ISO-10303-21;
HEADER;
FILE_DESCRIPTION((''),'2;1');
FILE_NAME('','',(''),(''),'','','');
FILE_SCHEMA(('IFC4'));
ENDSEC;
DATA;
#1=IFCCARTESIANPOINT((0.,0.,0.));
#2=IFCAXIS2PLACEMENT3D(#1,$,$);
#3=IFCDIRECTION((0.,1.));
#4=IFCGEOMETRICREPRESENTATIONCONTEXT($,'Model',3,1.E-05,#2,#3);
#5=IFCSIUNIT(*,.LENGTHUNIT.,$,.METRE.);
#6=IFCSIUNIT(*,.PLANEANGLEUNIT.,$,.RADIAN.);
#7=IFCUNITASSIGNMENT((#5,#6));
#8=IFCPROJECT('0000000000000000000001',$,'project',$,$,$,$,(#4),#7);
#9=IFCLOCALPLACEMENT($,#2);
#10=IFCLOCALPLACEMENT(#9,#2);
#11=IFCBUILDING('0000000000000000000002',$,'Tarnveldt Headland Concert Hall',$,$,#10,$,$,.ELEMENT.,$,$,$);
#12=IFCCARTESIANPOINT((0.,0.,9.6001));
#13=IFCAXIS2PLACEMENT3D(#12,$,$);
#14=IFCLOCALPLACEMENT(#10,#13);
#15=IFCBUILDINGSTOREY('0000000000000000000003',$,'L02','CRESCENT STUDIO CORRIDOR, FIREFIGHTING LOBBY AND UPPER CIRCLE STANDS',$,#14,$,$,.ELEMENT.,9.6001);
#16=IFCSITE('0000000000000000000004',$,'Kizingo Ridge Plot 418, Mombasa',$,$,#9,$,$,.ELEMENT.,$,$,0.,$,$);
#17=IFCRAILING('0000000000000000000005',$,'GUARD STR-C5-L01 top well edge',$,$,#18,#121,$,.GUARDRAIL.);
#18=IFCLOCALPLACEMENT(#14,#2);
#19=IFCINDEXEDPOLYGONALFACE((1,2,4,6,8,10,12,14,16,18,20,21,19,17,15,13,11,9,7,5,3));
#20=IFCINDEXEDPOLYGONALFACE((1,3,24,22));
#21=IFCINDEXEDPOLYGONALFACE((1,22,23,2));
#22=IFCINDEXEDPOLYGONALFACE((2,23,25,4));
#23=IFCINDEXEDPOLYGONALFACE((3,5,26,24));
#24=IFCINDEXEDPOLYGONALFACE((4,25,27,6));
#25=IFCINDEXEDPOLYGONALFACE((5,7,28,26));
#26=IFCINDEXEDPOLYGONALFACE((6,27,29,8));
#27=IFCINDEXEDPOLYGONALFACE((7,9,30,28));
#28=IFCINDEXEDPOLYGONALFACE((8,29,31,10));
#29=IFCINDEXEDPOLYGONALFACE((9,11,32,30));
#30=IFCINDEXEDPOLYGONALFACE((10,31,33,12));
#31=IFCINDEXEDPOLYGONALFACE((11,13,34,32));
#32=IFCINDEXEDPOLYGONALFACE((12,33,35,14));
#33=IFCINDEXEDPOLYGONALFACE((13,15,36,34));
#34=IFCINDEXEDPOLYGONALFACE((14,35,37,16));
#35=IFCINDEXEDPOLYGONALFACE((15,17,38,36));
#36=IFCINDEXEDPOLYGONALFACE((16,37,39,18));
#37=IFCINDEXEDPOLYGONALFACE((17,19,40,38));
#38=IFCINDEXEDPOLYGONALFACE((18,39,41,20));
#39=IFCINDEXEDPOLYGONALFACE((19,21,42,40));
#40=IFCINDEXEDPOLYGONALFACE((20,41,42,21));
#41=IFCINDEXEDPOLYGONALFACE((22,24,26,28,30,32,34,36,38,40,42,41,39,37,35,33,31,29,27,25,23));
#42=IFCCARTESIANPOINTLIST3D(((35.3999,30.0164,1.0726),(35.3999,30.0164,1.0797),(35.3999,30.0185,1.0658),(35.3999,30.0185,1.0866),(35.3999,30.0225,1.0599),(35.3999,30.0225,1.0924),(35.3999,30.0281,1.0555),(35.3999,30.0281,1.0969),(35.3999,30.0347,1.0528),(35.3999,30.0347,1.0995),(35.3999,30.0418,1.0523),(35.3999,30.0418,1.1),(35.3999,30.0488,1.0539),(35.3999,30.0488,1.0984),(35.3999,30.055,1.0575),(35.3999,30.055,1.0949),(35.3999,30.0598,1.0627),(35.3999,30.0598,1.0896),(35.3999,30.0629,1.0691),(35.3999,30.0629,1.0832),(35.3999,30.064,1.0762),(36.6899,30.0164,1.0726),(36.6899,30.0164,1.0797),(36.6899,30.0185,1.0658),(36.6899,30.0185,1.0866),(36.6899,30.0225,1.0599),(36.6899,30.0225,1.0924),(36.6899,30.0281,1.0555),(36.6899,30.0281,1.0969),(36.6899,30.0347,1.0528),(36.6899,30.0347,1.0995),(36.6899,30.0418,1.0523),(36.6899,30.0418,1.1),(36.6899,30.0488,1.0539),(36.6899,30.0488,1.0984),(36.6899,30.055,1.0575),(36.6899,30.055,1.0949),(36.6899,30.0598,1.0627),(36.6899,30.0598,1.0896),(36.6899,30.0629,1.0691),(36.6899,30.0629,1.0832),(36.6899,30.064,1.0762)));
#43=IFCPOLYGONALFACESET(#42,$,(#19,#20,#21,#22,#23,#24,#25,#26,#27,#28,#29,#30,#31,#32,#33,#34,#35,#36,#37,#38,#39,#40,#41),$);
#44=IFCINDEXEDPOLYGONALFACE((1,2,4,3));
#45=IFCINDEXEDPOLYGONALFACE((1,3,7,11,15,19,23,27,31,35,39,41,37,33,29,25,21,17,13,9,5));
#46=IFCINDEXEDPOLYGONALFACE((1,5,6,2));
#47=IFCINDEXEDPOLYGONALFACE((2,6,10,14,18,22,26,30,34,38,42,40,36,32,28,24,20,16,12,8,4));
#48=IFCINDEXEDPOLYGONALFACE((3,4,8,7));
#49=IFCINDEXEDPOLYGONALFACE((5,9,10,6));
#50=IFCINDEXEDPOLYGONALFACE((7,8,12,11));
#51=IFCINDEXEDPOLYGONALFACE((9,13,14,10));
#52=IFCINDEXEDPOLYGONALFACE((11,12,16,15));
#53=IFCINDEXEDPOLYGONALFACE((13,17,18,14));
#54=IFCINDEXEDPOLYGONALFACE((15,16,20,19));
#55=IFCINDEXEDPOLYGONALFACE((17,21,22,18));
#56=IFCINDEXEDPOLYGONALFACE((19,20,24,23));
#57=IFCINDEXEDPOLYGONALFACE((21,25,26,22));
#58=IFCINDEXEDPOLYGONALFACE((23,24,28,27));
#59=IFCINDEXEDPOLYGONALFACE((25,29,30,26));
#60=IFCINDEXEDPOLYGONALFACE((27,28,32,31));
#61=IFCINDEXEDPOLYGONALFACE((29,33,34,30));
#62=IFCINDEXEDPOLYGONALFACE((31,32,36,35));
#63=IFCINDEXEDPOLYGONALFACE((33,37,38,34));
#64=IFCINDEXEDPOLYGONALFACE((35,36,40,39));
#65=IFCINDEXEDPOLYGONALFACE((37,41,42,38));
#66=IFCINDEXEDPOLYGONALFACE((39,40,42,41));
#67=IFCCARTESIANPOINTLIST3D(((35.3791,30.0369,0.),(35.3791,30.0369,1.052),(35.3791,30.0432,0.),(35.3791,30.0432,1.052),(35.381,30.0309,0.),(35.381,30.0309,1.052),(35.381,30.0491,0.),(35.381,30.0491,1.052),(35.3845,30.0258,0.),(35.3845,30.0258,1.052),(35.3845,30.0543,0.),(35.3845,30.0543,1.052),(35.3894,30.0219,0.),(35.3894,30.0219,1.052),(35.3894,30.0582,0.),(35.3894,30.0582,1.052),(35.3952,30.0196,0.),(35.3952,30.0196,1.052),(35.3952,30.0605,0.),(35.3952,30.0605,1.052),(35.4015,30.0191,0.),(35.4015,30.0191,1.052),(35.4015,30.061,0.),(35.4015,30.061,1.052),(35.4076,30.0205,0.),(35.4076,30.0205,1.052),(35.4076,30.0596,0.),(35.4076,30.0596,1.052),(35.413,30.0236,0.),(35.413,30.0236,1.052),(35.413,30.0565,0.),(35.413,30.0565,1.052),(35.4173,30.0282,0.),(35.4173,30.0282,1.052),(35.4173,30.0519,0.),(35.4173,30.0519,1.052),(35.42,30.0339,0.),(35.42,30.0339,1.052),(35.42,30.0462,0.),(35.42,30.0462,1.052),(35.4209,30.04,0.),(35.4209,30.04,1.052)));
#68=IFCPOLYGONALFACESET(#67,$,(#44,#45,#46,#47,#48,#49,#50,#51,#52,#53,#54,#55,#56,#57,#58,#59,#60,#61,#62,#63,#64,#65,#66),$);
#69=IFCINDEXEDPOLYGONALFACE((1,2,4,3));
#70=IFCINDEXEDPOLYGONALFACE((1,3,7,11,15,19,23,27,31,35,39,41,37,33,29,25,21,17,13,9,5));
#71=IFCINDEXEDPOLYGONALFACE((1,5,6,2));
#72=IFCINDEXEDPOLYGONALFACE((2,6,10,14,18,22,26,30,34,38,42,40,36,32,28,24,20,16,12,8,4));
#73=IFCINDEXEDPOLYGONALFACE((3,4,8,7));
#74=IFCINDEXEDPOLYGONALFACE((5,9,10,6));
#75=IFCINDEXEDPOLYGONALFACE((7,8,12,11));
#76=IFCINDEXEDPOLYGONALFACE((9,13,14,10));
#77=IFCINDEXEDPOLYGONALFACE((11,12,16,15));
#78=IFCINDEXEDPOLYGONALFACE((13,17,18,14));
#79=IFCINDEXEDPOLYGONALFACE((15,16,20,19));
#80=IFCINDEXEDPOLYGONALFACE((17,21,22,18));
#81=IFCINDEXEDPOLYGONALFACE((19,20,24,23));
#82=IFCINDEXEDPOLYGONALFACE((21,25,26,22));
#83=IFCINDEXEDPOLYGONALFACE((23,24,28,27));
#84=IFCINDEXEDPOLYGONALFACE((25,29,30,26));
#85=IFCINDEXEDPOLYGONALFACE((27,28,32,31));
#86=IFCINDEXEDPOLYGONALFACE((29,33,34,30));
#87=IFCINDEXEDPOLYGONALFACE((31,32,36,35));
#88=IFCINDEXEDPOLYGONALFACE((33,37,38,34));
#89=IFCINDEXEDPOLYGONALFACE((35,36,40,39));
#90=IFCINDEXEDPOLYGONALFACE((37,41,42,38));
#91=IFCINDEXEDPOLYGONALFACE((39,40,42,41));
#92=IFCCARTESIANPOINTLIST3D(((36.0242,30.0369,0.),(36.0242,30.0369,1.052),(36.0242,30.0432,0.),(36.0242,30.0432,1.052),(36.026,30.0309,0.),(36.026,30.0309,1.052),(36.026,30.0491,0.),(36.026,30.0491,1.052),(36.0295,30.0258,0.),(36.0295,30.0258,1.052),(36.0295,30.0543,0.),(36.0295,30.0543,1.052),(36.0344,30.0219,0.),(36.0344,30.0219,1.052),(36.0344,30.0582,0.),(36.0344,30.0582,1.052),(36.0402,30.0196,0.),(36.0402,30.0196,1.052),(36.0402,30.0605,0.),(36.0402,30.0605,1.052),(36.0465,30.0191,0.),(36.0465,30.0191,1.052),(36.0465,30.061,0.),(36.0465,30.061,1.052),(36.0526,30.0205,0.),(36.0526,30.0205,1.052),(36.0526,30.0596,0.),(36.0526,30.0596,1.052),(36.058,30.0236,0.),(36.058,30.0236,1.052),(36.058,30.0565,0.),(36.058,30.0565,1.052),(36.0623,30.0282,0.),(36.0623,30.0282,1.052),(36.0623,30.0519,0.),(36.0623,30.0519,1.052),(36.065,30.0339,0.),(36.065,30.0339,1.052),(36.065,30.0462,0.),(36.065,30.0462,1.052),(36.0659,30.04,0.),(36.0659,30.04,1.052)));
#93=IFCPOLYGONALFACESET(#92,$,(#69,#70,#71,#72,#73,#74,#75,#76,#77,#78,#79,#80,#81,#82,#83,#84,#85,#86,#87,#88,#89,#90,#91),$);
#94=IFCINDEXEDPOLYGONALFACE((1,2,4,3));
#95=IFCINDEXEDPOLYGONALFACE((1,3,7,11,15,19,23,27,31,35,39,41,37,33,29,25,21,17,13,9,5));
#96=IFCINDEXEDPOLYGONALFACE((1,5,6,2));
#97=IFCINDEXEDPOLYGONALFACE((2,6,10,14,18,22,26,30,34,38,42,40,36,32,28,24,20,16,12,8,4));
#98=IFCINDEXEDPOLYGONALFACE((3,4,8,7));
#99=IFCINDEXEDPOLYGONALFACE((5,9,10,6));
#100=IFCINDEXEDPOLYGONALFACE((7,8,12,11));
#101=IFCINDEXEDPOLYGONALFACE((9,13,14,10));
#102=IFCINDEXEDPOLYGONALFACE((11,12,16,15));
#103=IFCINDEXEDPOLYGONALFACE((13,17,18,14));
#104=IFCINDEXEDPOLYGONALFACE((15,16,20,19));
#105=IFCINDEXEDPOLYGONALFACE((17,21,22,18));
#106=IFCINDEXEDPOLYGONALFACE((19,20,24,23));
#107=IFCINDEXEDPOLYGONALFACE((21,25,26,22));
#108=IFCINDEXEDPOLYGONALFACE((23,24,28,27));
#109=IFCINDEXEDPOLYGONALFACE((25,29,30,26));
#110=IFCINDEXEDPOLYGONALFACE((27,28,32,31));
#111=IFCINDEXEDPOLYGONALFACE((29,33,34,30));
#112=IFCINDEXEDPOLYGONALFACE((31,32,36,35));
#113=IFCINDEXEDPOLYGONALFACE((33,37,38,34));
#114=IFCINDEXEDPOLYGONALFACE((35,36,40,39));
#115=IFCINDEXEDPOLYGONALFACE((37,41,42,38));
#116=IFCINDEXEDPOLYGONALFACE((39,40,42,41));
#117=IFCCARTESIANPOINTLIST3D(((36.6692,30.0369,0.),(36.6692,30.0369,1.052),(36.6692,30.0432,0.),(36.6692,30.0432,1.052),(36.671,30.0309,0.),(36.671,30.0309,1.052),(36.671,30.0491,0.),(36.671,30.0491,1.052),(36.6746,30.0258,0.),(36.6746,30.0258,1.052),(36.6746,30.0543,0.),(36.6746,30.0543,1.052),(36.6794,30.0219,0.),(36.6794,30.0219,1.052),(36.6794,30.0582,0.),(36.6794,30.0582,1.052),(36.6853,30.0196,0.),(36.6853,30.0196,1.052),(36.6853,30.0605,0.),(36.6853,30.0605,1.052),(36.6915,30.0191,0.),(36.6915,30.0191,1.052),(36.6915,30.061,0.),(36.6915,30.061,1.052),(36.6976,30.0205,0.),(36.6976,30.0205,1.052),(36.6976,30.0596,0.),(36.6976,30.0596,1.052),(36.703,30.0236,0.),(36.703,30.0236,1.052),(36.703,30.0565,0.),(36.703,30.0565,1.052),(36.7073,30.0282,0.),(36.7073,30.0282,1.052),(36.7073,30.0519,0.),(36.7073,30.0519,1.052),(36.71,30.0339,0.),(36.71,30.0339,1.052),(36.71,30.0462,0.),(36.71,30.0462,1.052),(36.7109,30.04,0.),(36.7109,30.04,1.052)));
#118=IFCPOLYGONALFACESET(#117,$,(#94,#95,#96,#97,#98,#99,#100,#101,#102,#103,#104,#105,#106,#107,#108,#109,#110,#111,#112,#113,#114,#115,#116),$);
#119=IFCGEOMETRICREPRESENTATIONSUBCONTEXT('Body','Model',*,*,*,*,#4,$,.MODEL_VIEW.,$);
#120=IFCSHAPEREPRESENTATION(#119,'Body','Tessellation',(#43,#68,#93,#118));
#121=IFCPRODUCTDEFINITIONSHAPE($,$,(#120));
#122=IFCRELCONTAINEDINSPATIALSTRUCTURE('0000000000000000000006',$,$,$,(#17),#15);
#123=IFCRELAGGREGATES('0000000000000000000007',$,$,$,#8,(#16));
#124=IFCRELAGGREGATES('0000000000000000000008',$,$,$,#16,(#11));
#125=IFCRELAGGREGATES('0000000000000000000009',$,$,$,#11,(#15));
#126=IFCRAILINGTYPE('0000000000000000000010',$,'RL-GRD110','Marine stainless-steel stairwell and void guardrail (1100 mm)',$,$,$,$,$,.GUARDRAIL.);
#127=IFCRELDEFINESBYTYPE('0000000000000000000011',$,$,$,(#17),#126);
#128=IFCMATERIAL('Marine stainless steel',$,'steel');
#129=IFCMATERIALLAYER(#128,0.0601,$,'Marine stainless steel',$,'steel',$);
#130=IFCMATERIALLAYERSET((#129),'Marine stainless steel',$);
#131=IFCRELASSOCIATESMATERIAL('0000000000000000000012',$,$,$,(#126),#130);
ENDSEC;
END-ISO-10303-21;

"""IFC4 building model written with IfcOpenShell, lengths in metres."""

from ifc_helpers import new_model, si_unit, direction, frame, origin, origin_2d, place, context, subcontext, project, spatial, circle, extrude, material, layer, layer_set, type_object, element, save


model = new_model("IFC4")

# Units and contexts
model_context = context("Model", 3, precision=1e-05, world=origin(), true_north=direction((0.0, 1.0)))
body_context = subcontext(model_context, "Body", "Model", "MODEL_VIEW")
ifc_project = project(units=[si_unit("LENGTHUNIT", "METRE"), si_unit("PLANEANGLEUNIT", "RADIAN")], contexts=[model_context])

# Site, building, storey
site_placement = place(None, origin())
site = spatial("IfcSite", under=ifc_project, at=site_placement, Name="Kizingo Ridge Plot 418, Mombasa", CompositionType="ELEMENT", RefElevation=0.0)
building_placement = place(site_placement, origin())
building = spatial("IfcBuilding", under=site, at=building_placement, Name="Tarnveldt Headland Concert Hall", CompositionType="ELEMENT")
storey_placement = place(building_placement, frame((0.0, 0.0, 9.6001)))
storey = spatial("IfcBuildingStorey", under=building, at=storey_placement, Name="L02", Description="CRESCENT STUDIO CORRIDOR, FIREFIGHTING LOBBY AND UPPER CIRCLE STANDS", CompositionType="ELEMENT", Elevation=9.6001)

# Railing
ifc_material_1 = material(Name="Marine stainless steel", Category="steel")
ifc_layer_1 = layer(ifc_material_1, 0.0601, Name="Marine stainless steel", Category="steel")
ifc_layer_set_1 = layer_set([ifc_layer_1], Name="Marine stainless steel")
railing_type_1 = type_object("IfcRailingType", Name="RL-GRD110", Description="Marine stainless-steel stairwell and void guardrail (1100 mm)", PredefinedType="GUARDRAIL", material=ifc_layer_set_1)
railing_1_placement = place(storey_placement, frame((35.3999, 30.04, 0.0)))
element("IfcRailing", 1, at=railing_1_placement, inside=storey, type_object=railing_type_1, Name="GUARD STR-C5-L01 top well edge", PredefinedType="GUARDRAIL", context=body_context, shape_type="SweptSolid", body=[
    extrude(circle(Radius=0.0239, at=origin_2d()), frame((0.0, 0.0, 1.0762), z_axis=(1.0, 0.0, 0.0), x_axis=(0.0, 1.0, 0.0)), (0.0, 0.0, 1.0), 1.29),
    extrude(circle(Radius=0.021, at=origin_2d()), origin(), (0.0, 0.0, 1.0), 1.052),
    extrude(circle(Radius=0.021, at=origin_2d()), frame((0.645, 0.0, 0.0)), (0.0, 0.0, 1.0), 1.052),
    extrude(circle(Radius=0.021, at=origin_2d()), frame((1.29, 0.0, 0.0)), (0.0, 0.0, 1.0), 1.052),
])

save(model, "model.ifc")
